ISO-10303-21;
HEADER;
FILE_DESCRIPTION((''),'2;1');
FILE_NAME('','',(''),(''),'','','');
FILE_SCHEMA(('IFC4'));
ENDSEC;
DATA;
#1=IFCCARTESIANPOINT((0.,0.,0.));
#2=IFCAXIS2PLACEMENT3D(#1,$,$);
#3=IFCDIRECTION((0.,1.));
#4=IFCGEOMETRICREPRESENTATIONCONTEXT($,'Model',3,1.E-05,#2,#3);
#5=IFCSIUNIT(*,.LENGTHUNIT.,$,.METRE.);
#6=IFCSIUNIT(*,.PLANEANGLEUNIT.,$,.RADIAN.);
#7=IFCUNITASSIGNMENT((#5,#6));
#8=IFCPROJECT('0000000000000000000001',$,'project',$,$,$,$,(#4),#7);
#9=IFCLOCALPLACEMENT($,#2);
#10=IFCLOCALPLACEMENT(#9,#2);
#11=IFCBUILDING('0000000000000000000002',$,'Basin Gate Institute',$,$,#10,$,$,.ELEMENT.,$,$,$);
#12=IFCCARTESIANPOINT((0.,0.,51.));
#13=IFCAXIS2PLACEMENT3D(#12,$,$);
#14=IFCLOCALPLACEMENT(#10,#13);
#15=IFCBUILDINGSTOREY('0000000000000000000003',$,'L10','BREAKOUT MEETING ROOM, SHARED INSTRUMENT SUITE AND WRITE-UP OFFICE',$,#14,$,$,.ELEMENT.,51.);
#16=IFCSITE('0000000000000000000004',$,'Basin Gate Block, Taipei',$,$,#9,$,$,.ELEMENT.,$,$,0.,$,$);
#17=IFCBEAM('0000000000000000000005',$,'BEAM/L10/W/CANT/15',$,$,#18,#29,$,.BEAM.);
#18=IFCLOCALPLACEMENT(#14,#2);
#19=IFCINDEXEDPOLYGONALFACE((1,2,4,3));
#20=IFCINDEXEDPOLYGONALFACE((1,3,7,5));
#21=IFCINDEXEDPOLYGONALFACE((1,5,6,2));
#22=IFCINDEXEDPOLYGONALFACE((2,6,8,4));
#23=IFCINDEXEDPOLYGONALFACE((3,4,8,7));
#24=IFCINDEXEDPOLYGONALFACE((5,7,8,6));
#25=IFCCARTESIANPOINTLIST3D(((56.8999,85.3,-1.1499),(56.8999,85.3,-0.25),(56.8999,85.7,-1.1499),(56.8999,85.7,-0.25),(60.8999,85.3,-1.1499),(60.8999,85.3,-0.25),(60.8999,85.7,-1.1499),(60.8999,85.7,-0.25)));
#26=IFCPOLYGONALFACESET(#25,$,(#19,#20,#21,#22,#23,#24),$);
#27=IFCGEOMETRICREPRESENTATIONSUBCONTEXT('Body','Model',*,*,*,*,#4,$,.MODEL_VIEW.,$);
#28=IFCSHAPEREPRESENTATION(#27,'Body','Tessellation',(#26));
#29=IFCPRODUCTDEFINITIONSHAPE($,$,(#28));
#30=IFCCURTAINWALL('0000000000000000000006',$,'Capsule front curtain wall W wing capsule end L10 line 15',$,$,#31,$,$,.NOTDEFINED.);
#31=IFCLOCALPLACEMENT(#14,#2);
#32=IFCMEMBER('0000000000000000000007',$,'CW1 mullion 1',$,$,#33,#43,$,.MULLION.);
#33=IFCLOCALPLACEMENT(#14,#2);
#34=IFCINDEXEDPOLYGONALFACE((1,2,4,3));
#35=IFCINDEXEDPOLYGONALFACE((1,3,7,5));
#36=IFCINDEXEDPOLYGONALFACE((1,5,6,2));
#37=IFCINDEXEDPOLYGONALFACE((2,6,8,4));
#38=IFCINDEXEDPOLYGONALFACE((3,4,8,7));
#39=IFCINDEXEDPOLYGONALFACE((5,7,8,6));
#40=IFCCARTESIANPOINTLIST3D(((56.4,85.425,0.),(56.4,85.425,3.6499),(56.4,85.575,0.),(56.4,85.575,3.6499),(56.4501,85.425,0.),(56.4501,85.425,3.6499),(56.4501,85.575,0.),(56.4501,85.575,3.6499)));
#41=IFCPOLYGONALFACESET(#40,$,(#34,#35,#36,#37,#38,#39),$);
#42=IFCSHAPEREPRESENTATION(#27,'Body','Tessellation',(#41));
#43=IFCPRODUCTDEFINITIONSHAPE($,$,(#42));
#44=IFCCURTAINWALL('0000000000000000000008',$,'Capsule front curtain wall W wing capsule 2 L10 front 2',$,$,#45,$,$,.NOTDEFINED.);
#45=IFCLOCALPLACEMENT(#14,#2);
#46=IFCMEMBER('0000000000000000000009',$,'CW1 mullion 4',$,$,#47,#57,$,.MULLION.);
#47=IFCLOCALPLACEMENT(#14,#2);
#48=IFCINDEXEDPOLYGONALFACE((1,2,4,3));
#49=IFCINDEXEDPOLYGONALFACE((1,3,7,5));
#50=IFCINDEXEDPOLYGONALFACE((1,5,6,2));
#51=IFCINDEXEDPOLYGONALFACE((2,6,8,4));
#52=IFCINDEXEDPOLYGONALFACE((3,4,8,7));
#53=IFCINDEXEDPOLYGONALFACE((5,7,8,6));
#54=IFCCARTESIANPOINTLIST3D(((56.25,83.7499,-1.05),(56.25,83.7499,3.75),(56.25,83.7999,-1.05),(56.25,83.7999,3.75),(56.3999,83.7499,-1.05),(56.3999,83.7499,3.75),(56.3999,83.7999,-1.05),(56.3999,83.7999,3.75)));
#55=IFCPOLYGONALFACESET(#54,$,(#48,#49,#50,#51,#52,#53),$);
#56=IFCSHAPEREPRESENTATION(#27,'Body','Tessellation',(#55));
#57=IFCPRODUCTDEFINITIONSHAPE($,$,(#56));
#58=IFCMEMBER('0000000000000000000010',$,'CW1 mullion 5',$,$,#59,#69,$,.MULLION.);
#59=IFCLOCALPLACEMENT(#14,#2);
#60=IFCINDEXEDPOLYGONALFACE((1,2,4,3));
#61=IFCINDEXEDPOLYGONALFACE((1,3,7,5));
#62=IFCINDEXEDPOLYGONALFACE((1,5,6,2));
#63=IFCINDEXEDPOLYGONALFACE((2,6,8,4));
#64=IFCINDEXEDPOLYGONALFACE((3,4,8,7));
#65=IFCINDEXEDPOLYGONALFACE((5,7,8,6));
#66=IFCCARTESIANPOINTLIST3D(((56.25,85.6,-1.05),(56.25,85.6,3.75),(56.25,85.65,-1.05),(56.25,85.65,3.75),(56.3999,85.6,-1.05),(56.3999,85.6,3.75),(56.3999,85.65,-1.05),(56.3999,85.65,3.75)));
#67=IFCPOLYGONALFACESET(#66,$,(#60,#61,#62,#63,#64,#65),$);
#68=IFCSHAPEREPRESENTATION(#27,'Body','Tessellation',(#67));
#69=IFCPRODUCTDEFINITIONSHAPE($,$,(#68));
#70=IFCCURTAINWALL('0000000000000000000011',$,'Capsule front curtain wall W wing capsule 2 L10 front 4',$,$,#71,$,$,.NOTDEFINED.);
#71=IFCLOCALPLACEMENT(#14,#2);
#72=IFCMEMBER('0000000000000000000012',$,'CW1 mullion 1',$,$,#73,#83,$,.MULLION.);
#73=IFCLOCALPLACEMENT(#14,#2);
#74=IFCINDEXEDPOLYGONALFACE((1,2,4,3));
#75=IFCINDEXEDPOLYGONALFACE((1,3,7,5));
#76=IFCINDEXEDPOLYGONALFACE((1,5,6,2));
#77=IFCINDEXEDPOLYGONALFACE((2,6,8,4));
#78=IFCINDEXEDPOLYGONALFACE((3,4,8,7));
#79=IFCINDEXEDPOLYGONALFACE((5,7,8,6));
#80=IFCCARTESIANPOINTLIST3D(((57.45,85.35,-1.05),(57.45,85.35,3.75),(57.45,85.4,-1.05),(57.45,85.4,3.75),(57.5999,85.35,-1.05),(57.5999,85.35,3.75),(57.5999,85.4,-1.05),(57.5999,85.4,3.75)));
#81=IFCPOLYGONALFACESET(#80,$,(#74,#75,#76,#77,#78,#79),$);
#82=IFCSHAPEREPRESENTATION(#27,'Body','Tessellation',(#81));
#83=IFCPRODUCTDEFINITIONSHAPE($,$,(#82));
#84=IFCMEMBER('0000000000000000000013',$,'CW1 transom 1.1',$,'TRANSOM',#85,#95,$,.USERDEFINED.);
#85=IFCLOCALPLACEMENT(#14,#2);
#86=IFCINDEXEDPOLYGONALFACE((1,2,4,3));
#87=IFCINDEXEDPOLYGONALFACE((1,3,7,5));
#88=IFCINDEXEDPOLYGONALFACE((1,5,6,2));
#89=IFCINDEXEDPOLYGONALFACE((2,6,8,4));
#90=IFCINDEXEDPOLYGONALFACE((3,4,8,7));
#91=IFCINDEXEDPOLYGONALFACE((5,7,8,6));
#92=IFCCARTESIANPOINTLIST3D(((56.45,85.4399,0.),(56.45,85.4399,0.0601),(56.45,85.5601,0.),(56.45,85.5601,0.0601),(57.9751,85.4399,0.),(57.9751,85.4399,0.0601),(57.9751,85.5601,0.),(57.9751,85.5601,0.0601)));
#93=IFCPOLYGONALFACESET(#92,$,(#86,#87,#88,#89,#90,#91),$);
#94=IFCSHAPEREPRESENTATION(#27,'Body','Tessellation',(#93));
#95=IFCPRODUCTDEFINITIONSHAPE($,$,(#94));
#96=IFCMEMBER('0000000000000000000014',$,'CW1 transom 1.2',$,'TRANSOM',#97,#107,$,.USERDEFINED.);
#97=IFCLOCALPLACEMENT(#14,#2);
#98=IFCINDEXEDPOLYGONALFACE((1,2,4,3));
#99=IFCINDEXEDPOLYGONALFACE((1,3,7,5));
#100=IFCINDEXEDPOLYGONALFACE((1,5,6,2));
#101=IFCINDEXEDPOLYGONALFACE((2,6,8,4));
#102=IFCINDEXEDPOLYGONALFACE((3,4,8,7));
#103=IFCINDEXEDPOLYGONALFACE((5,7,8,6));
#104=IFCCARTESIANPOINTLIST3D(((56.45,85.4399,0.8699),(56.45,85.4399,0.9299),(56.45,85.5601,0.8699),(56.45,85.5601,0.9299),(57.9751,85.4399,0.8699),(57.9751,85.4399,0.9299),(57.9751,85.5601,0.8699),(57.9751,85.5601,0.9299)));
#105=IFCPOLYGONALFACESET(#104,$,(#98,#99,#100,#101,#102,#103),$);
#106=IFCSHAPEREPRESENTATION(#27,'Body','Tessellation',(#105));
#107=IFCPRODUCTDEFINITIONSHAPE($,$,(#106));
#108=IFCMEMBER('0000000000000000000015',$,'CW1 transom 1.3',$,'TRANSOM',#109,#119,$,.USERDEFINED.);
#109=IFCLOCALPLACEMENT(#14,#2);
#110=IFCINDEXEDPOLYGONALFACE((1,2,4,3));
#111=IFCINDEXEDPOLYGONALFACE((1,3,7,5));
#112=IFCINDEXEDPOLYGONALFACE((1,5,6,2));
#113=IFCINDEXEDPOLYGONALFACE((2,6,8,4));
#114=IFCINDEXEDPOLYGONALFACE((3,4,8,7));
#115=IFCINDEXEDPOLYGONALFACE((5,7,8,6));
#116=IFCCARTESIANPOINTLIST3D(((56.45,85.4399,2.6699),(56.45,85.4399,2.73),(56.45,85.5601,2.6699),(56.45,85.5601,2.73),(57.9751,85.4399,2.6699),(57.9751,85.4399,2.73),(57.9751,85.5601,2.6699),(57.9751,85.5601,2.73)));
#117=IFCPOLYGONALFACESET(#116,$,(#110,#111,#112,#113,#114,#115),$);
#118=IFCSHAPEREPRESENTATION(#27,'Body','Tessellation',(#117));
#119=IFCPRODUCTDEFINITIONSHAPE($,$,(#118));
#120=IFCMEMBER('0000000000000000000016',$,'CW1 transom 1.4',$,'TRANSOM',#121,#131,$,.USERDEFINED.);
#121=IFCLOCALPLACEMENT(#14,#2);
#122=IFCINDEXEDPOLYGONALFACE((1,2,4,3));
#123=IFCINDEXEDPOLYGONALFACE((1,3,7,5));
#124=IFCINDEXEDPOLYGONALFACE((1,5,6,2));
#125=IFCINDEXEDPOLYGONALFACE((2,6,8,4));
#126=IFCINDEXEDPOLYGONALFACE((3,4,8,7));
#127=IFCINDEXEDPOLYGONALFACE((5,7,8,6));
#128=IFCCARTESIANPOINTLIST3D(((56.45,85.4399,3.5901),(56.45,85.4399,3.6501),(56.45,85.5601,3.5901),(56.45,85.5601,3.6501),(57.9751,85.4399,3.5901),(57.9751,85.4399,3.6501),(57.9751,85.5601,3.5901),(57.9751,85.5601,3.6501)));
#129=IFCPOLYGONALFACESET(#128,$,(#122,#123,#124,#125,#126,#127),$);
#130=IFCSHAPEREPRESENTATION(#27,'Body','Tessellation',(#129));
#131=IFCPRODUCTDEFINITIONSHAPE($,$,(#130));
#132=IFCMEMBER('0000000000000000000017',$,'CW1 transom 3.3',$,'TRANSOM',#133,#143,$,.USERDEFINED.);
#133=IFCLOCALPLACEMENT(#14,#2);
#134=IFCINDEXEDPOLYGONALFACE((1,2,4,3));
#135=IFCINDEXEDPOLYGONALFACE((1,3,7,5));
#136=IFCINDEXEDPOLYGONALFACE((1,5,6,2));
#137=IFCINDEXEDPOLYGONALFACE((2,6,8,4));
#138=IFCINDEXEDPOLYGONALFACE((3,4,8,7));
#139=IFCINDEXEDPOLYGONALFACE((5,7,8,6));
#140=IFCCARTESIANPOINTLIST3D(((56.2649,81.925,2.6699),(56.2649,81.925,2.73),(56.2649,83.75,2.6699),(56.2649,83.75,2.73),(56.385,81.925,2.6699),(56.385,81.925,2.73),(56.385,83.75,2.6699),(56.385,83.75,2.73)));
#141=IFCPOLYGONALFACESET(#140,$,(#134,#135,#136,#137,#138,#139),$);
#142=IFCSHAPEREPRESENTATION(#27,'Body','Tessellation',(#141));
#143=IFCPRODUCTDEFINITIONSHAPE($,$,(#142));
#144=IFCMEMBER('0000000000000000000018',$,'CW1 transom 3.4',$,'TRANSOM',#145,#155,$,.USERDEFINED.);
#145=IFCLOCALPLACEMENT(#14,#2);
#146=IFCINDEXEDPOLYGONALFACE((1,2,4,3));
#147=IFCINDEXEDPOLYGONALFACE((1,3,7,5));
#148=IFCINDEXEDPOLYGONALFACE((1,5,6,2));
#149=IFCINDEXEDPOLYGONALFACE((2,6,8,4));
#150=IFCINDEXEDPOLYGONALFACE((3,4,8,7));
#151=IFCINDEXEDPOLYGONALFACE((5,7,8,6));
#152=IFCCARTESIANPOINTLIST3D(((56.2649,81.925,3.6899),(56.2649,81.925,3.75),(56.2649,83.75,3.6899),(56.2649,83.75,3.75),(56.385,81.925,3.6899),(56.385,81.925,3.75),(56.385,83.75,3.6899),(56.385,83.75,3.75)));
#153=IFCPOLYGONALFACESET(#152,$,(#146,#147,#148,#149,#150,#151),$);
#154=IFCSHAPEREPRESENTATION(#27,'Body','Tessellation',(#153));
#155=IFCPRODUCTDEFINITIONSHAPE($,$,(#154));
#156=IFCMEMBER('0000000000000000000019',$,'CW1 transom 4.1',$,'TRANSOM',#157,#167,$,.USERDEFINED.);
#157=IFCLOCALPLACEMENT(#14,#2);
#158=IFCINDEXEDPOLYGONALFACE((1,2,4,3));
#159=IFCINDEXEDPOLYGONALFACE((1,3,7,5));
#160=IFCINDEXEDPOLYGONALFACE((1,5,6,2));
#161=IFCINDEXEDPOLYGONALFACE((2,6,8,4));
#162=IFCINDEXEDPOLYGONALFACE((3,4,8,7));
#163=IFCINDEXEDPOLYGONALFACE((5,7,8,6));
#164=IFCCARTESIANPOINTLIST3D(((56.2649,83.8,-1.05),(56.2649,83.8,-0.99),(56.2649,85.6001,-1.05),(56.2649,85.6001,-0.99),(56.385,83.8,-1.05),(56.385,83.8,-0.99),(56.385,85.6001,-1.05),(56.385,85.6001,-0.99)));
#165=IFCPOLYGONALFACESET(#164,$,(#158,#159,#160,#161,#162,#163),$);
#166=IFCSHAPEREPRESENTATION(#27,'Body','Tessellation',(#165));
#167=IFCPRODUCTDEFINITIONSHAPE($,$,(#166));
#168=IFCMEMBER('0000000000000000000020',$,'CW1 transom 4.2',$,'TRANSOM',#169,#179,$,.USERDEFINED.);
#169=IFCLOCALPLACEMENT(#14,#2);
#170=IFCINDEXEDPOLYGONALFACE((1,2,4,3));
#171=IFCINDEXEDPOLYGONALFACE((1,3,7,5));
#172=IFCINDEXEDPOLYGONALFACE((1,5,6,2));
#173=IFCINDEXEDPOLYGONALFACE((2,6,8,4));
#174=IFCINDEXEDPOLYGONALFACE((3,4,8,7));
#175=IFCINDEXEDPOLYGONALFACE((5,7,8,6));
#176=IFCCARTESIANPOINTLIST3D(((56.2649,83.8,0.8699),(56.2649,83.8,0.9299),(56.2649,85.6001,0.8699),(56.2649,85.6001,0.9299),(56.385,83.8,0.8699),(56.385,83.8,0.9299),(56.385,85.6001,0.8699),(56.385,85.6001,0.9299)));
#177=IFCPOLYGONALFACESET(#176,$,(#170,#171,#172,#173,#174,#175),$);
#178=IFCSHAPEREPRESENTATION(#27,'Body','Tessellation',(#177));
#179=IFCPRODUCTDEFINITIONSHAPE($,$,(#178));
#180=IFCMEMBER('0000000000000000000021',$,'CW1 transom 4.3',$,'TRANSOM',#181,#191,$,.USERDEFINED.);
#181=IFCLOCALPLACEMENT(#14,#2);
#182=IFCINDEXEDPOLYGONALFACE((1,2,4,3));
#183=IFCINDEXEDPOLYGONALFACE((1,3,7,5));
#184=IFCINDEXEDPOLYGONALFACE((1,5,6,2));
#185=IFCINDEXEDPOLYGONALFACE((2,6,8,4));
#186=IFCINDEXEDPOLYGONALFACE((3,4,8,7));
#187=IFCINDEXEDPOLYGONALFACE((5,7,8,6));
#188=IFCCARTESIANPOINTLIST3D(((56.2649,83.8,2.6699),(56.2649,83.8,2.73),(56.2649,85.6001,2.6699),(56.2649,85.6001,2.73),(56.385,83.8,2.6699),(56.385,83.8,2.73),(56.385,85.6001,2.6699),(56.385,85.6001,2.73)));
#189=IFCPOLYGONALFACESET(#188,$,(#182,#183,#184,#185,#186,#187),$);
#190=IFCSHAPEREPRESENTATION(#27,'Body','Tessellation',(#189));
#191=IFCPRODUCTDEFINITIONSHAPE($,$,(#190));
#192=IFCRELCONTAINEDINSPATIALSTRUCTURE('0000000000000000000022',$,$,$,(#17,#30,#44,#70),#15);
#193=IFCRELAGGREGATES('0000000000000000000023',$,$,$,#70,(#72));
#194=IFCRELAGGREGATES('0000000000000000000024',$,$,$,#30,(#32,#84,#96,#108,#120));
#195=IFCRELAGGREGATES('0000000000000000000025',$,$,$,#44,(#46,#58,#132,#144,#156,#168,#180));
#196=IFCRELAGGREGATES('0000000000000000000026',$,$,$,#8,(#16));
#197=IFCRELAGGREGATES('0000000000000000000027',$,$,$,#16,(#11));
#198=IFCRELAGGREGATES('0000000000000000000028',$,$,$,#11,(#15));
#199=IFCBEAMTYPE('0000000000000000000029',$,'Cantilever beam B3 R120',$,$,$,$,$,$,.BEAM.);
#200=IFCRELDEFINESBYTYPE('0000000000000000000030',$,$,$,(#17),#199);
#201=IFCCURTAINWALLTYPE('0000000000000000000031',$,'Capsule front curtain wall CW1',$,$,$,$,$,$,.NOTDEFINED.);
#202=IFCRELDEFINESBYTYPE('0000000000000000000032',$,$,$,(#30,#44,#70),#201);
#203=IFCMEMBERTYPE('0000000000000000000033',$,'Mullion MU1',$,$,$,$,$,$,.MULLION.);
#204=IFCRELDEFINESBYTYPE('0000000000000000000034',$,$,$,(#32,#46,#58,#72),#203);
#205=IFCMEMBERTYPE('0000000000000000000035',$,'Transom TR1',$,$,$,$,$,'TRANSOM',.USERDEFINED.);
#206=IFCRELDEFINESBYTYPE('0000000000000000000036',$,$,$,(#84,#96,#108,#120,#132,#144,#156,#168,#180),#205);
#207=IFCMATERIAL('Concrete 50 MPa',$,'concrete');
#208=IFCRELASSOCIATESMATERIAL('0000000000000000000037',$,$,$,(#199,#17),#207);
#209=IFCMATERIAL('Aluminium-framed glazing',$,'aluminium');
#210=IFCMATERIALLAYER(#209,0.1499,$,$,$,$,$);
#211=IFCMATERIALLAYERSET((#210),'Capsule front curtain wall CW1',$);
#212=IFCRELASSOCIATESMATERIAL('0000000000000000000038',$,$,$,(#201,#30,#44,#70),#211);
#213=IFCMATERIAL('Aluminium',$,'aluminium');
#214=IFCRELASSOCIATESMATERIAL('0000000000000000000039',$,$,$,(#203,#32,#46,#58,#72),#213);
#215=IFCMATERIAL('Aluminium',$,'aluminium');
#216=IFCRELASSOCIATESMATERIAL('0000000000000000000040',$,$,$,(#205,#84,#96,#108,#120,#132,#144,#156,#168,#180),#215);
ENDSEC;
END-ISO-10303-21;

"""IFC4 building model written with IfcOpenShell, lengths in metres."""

from ifc_helpers import new_model, si_unit, direction, frame, origin, origin_2d, place, context, subcontext, project, spatial, rectangle, extrude, material, layer, layer_set, material_profile, profile_set, type_object, element, aggregate, save


model = new_model("IFC4")

# Units and contexts
model_context = context("Model", 3, precision=1e-05, world=origin(), true_north=direction((0.0, 1.0)))
body_context = subcontext(model_context, "Body", "Model", "MODEL_VIEW")
ifc_project = project(units=[si_unit("LENGTHUNIT", "METRE"), si_unit("PLANEANGLEUNIT", "RADIAN")], contexts=[model_context])

# Site, building, storey
site_placement = place(None, origin())
site = spatial("IfcSite", under=ifc_project, at=site_placement, Name="Basin Gate Block, Taipei", CompositionType="ELEMENT", RefElevation=0.0)
building_placement = place(site_placement, origin())
building = spatial("IfcBuilding", under=site, at=building_placement, Name="Basin Gate Institute", CompositionType="ELEMENT")
storey_placement = place(building_placement, frame((0.0, 0.0, 51.0)))
storey = spatial("IfcBuildingStorey", under=building, at=storey_placement, Name="L10", Description="BREAKOUT MEETING ROOM, SHARED INSTRUMENT SUITE AND WRITE-UP OFFICE", CompositionType="ELEMENT", Elevation=51.0)

# Beam
ifc_material_1 = material(Name="Concrete 50 MPa", Category="concrete")
ifc_material_profile_1 = material_profile(ifc_material_1, rectangle(XDim=0.3999, YDim=0.8999, at=origin_2d()), Name="Cantilever beam B3 400 x 900")
ifc_profile_set_1 = profile_set([ifc_material_profile_1], Name="Concrete 50 MPa")
beam_type = type_object("IfcBeamType", Name="Cantilever beam B3 R120", PredefinedType="BEAM", material=ifc_profile_set_1)
beam_placement = place(storey_placement, frame((56.8999, 85.5, -0.7), z_axis=(1.0, 0.0, 0.0), x_axis=(0.0, 1.0, 0.0)))
element("IfcBeam", 1, at=beam_placement, inside=storey, type_object=beam_type, material=ifc_profile_set_1, Name="BEAM/L10/W/CANT/15", PredefinedType="BEAM", context=body_context, shape_type="SweptSolid", body=[
    extrude(rectangle(XDim=0.3999, YDim=0.8999, at=origin_2d()), origin(), (0.0, 0.0, 1.0), 4.0),
])

# Curtain wall, member
ifc_material_2 = material(Name="Aluminium-framed glazing", Category="aluminium")
ifc_layer_1 = layer(ifc_material_2, 0.1499)
ifc_layer_set_1 = layer_set([ifc_layer_1], Name="Capsule front curtain wall CW1")
curtain_wall_type = type_object("IfcCurtainWallType", Name="Capsule front curtain wall CW1", PredefinedType="NOTDEFINED", material=ifc_layer_set_1)
curtain_wall_1_placement = place(storey_placement, origin())
curtain_wall_1 = element("IfcCurtainWall", 2, at=curtain_wall_1_placement, inside=storey, type_object=curtain_wall_type, material=ifc_layer_set_1, Name="Capsule front curtain wall W wing capsule end L10 line 15", PredefinedType="NOTDEFINED")
ifc_material_3 = material(Name="Aluminium", Category="aluminium")
ifc_material_profile_2 = material_profile(ifc_material_3, rectangle(XDim=0.1499, YDim=0.05, at=origin_2d()), Name="Mullion MU1 150 x 50")
ifc_profile_set_2 = profile_set([ifc_material_profile_2], Name="Aluminium")
member_type_1 = type_object("IfcMemberType", Name="Mullion MU1", PredefinedType="MULLION", material=ifc_profile_set_2)
member_1_placement = place(storey_placement, frame((56.425, 85.5, 0.0), z_axis=(0.0, 0.0, 1.0), x_axis=(0.0, 1.0, 0.0)))
member_1 = element("IfcMember", 3, at=member_1_placement, type_object=member_type_1, material=ifc_profile_set_2, Name="CW1 mullion 1", PredefinedType="MULLION", context=body_context, shape_type="SweptSolid", body=[
    extrude(rectangle(XDim=0.1499, YDim=0.05, at=origin_2d()), origin(), (0.0, 0.0, 1.0), 3.6499),
])

# Curtain wall, members
curtain_wall_2_placement = place(storey_placement, origin())
curtain_wall_2 = element("IfcCurtainWall", 4, at=curtain_wall_2_placement, inside=storey, type_object=curtain_wall_type, material=ifc_layer_set_1, Name="Capsule front curtain wall W wing capsule 2 L10 front 2", PredefinedType="NOTDEFINED")
member_2_placement = place(storey_placement, frame((56.325, 83.7749, -1.05), z_axis=(0.0, 0.0, 1.0), x_axis=(-1.0, 0.0, 0.0)))
member_2 = element("IfcMember", 5, at=member_2_placement, type_object=member_type_1, material=ifc_profile_set_2, Name="CW1 mullion 4", PredefinedType="MULLION", context=body_context, shape_type="SweptSolid", body=[
    extrude(rectangle(XDim=0.1499, YDim=0.05, at=origin_2d()), origin(), (0.0, 0.0, 1.0), 4.8),
])
member_3_placement = place(storey_placement, frame((56.325, 85.625, -1.05), z_axis=(0.0, 0.0, 1.0), x_axis=(-1.0, 0.0, 0.0)))
member_3 = element("IfcMember", 6, at=member_3_placement, type_object=member_type_1, material=ifc_profile_set_2, Name="CW1 mullion 5", PredefinedType="MULLION", context=body_context, shape_type="SweptSolid", body=[
    extrude(rectangle(XDim=0.1499, YDim=0.05, at=origin_2d()), origin(), (0.0, 0.0, 1.0), 4.8),
])

# Curtain wall, member
curtain_wall_3_placement = place(storey_placement, origin())
curtain_wall_3 = element("IfcCurtainWall", 7, at=curtain_wall_3_placement, inside=storey, type_object=curtain_wall_type, material=ifc_layer_set_1, Name="Capsule front curtain wall W wing capsule 2 L10 front 4", PredefinedType="NOTDEFINED")
member_4_placement = place(storey_placement, frame((57.5249, 85.375, -1.05), z_axis=(0.0, 0.0, 1.0), x_axis=(-1.0, 0.0, 0.0)))
member_4 = element("IfcMember", 8, at=member_4_placement, type_object=member_type_1, material=ifc_profile_set_2, Name="CW1 mullion 1", PredefinedType="MULLION", context=body_context, shape_type="SweptSolid", body=[
    extrude(rectangle(XDim=0.1499, YDim=0.05, at=origin_2d()), origin(), (0.0, 0.0, 1.0), 4.8),
])
aggregate(curtain_wall_3, [member_4])

# Members
ifc_material_4 = material(Name="Aluminium", Category="aluminium")
ifc_material_profile_3 = material_profile(ifc_material_4, rectangle(XDim=0.1201, YDim=0.0601, at=origin_2d()), Name="Transom TR1 120 x 60")
ifc_profile_set_3 = profile_set([ifc_material_profile_3], Name="Aluminium")
member_type_2 = type_object("IfcMemberType", Name="Transom TR1", ElementType="TRANSOM", PredefinedType="USERDEFINED", material=ifc_profile_set_3)
member_5_placement = place(storey_placement, frame((56.45, 85.5, 0.03), z_axis=(1.0, 0.0, 0.0), x_axis=(0.0, 1.0, 0.0)))
member_5 = element("IfcMember", 9, at=member_5_placement, type_object=member_type_2, material=ifc_profile_set_3, Name="CW1 transom 1.1", ObjectType="TRANSOM", PredefinedType="USERDEFINED", context=body_context, shape_type="SweptSolid", body=[
    extrude(rectangle(XDim=0.1201, YDim=0.0601, at=origin_2d()), origin(), (0.0, 0.0, 1.0), 1.5251),
])
member_6_placement = place(storey_placement, frame((56.45, 85.5, 0.8999), z_axis=(1.0, 0.0, 0.0), x_axis=(0.0, 1.0, 0.0)))
member_6 = element("IfcMember", 10, at=member_6_placement, type_object=member_type_2, material=ifc_profile_set_3, Name="CW1 transom 1.2", ObjectType="TRANSOM", PredefinedType="USERDEFINED", context=body_context, shape_type="SweptSolid", body=[
    extrude(rectangle(XDim=0.1201, YDim=0.0601, at=origin_2d()), origin(), (0.0, 0.0, 1.0), 1.5251),
])
member_7_placement = place(storey_placement, frame((56.45, 85.5, 2.7), z_axis=(1.0, 0.0, 0.0), x_axis=(0.0, 1.0, 0.0)))
member_7 = element("IfcMember", 11, at=member_7_placement, type_object=member_type_2, material=ifc_profile_set_3, Name="CW1 transom 1.3", ObjectType="TRANSOM", PredefinedType="USERDEFINED", context=body_context, shape_type="SweptSolid", body=[
    extrude(rectangle(XDim=0.1201, YDim=0.0601, at=origin_2d()), origin(), (0.0, 0.0, 1.0), 1.5251),
])
member_8_placement = place(storey_placement, frame((56.45, 85.5, 3.6201), z_axis=(1.0, 0.0, 0.0), x_axis=(0.0, 1.0, 0.0)))
member_8 = element("IfcMember", 12, at=member_8_placement, type_object=member_type_2, material=ifc_profile_set_3, Name="CW1 transom 1.4", ObjectType="TRANSOM", PredefinedType="USERDEFINED", context=body_context, shape_type="SweptSolid", body=[
    extrude(rectangle(XDim=0.1201, YDim=0.0601, at=origin_2d()), origin(), (0.0, 0.0, 1.0), 1.5251),
])
member_9_placement = place(storey_placement, frame((56.325, 81.925, 2.7), z_axis=(0.0, 1.0, 0.0), x_axis=(-1.0, 0.0, 0.0)))
member_9 = element("IfcMember", 13, at=member_9_placement, type_object=member_type_2, material=ifc_profile_set_3, Name="CW1 transom 3.3", ObjectType="TRANSOM", PredefinedType="USERDEFINED", context=body_context, shape_type="SweptSolid", body=[
    extrude(rectangle(XDim=0.1201, YDim=0.0601, at=origin_2d()), origin(), (0.0, 0.0, 1.0), 1.825),
])
member_10_placement = place(storey_placement, frame((56.325, 81.925, 3.72), z_axis=(0.0, 1.0, 0.0), x_axis=(-1.0, 0.0, 0.0)))
member_10 = element("IfcMember", 14, at=member_10_placement, type_object=member_type_2, material=ifc_profile_set_3, Name="CW1 transom 3.4", ObjectType="TRANSOM", PredefinedType="USERDEFINED", context=body_context, shape_type="SweptSolid", body=[
    extrude(rectangle(XDim=0.1201, YDim=0.0601, at=origin_2d()), origin(), (0.0, 0.0, 1.0), 1.825),
])
member_11_placement = place(storey_placement, frame((56.325, 83.8, -1.02), z_axis=(0.0, 1.0, 0.0), x_axis=(-1.0, 0.0, 0.0)))
member_11 = element("IfcMember", 15, at=member_11_placement, type_object=member_type_2, material=ifc_profile_set_3, Name="CW1 transom 4.1", ObjectType="TRANSOM", PredefinedType="USERDEFINED", context=body_context, shape_type="SweptSolid", body=[
    extrude(rectangle(XDim=0.1201, YDim=0.0601, at=origin_2d()), origin(), (0.0, 0.0, 1.0), 1.8),
])
member_12_placement = place(storey_placement, frame((56.325, 83.8, 0.8999), z_axis=(0.0, 1.0, 0.0), x_axis=(-1.0, 0.0, 0.0)))
member_12 = element("IfcMember", 16, at=member_12_placement, type_object=member_type_2, material=ifc_profile_set_3, Name="CW1 transom 4.2", ObjectType="TRANSOM", PredefinedType="USERDEFINED", context=body_context, shape_type="SweptSolid", body=[
    extrude(rectangle(XDim=0.1201, YDim=0.0601, at=origin_2d()), origin(), (0.0, 0.0, 1.0), 1.8),
])
member_13_placement = place(storey_placement, frame((56.325, 83.8, 2.7), z_axis=(0.0, 1.0, 0.0), x_axis=(-1.0, 0.0, 0.0)))
member_13 = element("IfcMember", 17, at=member_13_placement, type_object=member_type_2, material=ifc_profile_set_3, Name="CW1 transom 4.3", ObjectType="TRANSOM", PredefinedType="USERDEFINED", context=body_context, shape_type="SweptSolid", body=[
    extrude(rectangle(XDim=0.1201, YDim=0.0601, at=origin_2d()), origin(), (0.0, 0.0, 1.0), 1.8),
])

aggregate(curtain_wall_1, [member_1, member_5, member_6, member_7, member_8])
aggregate(curtain_wall_2, [member_2, member_3, member_9, member_10, member_11, member_12, member_13])

save(model, "model.ifc")
